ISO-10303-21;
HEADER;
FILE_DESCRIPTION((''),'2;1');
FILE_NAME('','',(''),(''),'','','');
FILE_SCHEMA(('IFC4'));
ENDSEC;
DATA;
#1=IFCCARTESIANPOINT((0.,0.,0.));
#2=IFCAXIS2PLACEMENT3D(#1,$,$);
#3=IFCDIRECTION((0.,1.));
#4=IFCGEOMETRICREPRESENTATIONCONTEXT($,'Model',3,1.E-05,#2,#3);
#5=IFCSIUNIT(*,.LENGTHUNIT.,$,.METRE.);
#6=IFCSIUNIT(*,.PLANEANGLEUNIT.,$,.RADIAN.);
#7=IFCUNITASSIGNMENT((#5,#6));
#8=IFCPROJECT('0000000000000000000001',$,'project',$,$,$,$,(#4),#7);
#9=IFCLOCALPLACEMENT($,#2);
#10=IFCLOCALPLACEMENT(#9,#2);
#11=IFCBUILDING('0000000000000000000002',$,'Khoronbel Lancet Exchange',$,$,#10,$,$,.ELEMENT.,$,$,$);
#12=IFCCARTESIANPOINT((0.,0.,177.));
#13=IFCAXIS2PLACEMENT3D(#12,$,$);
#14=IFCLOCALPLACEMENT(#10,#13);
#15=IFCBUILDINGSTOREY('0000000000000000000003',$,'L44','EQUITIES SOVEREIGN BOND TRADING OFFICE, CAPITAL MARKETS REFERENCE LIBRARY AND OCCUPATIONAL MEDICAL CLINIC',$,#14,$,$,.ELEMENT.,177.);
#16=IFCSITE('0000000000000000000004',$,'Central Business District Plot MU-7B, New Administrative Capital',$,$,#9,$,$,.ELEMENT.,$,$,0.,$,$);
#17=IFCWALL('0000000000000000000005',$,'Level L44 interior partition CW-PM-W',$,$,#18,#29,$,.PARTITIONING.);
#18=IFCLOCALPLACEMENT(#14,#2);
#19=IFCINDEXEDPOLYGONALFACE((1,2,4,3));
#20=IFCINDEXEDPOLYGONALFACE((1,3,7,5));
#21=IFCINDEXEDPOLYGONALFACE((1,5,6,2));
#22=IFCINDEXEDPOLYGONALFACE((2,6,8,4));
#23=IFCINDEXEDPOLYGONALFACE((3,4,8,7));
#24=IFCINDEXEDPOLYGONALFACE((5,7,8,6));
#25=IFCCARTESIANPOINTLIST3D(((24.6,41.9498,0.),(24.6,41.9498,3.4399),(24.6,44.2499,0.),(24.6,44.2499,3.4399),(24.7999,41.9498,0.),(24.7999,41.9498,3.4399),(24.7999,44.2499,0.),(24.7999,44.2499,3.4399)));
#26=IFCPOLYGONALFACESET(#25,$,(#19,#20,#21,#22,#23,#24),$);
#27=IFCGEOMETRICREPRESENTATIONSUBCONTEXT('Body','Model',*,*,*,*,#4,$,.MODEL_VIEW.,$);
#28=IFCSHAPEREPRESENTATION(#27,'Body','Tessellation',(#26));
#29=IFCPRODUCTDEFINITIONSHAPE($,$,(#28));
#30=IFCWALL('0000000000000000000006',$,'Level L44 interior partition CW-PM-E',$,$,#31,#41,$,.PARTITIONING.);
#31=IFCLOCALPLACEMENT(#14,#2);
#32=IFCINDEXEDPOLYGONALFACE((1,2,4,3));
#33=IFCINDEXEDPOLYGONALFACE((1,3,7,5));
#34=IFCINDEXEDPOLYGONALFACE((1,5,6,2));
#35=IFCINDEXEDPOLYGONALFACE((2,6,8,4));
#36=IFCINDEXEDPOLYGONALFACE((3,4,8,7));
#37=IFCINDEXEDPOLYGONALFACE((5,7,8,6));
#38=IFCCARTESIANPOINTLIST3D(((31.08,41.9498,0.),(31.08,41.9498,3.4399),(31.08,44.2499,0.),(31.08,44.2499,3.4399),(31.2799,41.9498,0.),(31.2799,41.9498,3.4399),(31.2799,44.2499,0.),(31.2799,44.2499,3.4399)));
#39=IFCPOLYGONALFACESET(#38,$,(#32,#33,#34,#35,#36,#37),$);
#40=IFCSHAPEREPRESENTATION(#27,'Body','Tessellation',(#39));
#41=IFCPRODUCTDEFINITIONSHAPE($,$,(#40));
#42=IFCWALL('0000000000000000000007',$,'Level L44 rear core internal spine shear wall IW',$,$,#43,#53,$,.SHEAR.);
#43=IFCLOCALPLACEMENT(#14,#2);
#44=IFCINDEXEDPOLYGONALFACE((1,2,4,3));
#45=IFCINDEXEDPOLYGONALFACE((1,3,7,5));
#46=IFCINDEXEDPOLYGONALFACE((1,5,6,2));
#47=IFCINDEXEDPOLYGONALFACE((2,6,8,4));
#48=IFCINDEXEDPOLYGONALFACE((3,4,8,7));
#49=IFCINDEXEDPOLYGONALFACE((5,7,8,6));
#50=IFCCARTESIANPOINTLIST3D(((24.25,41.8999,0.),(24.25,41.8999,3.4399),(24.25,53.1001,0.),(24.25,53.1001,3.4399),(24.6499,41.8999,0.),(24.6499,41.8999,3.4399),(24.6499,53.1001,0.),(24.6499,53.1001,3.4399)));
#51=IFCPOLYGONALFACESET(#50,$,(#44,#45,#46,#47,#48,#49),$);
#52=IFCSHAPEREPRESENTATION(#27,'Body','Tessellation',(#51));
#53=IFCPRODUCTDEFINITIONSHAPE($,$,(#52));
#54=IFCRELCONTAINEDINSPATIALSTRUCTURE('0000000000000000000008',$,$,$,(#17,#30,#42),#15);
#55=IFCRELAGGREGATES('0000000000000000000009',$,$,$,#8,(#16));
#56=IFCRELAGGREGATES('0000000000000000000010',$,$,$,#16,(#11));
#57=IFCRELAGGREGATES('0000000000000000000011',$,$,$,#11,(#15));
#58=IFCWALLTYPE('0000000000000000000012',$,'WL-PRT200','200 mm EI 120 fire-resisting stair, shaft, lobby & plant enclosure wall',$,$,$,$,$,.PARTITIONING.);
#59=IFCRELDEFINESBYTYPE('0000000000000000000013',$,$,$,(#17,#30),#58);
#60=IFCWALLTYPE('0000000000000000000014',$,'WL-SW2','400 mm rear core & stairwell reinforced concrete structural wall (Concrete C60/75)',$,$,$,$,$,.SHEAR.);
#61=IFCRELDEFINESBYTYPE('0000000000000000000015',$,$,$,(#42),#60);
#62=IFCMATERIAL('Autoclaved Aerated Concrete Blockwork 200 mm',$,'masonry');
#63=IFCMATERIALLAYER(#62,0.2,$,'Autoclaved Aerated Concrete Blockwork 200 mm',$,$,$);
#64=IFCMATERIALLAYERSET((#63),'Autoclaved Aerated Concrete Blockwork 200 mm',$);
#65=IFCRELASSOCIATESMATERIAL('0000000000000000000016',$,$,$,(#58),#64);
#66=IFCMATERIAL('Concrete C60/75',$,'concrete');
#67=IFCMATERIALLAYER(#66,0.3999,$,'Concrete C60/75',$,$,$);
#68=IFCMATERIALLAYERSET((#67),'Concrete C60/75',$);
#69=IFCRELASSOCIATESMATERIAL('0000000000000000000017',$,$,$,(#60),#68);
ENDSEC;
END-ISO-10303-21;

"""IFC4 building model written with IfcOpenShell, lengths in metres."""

from ifc_helpers import new_model, si_unit, direction, frame, frame_2d, origin, place, context, subcontext, project, spatial, rectangle, extrude, material, layer, layer_set, type_object, element, save


model = new_model("IFC4")

# Units and contexts
model_context = context("Model", 3, precision=1e-05, world=origin(), true_north=direction((0.0, 1.0)))
body_context = subcontext(model_context, "Body", "Model", "MODEL_VIEW")
ifc_project = project(units=[si_unit("LENGTHUNIT", "METRE"), si_unit("PLANEANGLEUNIT", "RADIAN")], contexts=[model_context])

# Site, building, storey
site_placement = place(None, origin())
site = spatial("IfcSite", under=ifc_project, at=site_placement, Name="Central Business District Plot MU-7B, New Administrative Capital", CompositionType="ELEMENT", RefElevation=0.0)
building_placement = place(site_placement, origin())
building = spatial("IfcBuilding", under=site, at=building_placement, Name="Khoronbel Lancet Exchange", CompositionType="ELEMENT")
storey_placement = place(building_placement, frame((0.0, 0.0, 177.0)))
storey = spatial("IfcBuildingStorey", under=building, at=storey_placement, Name="L44", Description="EQUITIES SOVEREIGN BOND TRADING OFFICE, CAPITAL MARKETS REFERENCE LIBRARY AND OCCUPATIONAL MEDICAL CLINIC", CompositionType="ELEMENT", Elevation=177.0)

# Shared definitions
ifc_material_1 = material(Name="Concrete C60/75", Category="concrete")

# Shared definitions
ifc_material_2 = material(Name="Autoclaved Aerated Concrete Blockwork 200 mm", Category="masonry")
ifc_layer_1 = layer(ifc_material_2, 0.2, Name="Autoclaved Aerated Concrete Blockwork 200 mm")
ifc_layer_set_1 = layer_set([ifc_layer_1], Name="Autoclaved Aerated Concrete Blockwork 200 mm")
wall_type_1 = type_object("IfcWallType", Name="WL-PRT200", Description="200 mm EI 120 fire-resisting stair, shaft, lobby & plant enclosure wall", PredefinedType="PARTITIONING", material=ifc_layer_set_1)

# Walls
for number, where, z_axis, x_axis, name in (
    (1, (24.7, 41.95, 0.0), (0.0, 0.0, 1.0), (0.0, 1.0, 0.0), "Level L44 interior partition CW-PM-W"),
    (2, (31.1799, 41.95, 0.0), (0.0, 0.0, 1.0), (0.0, 1.0, 0.0), "Level L44 interior partition CW-PM-E"),
):
    element("IfcWall", number, at=place(storey_placement, frame(where, z_axis=z_axis, x_axis=x_axis)), inside=storey, type_object=wall_type_1, Name=name, PredefinedType="PARTITIONING", context=body_context, shape_type="SweptSolid", body=[
        extrude(rectangle(XDim=2.3, YDim=0.2, at=frame_2d((1.1499, 0.0))), origin(), (0.0, 0.0, 1.0), 3.4399),
    ])
ifc_layer_2 = layer(ifc_material_1, 0.3999, Name="Concrete C60/75")
ifc_layer_set_2 = layer_set([ifc_layer_2], Name="Concrete C60/75")
wall_type_2 = type_object("IfcWallType", Name="WL-SW2", Description="400 mm rear core & stairwell reinforced concrete structural wall (Concrete C60/75)", PredefinedType="SHEAR", material=ifc_layer_set_2)
wall_1_placement = place(storey_placement, frame((24.45, 41.8999, 0.0), z_axis=(0.0, 0.0, 1.0), x_axis=(0.0, 1.0, 0.0)))
element("IfcWall", 3, at=wall_1_placement, inside=storey, type_object=wall_type_2, Name="Level L44 rear core internal spine shear wall IW", PredefinedType="SHEAR", context=body_context, shape_type="SweptSolid", body=[
    extrude(rectangle(XDim=11.2002, YDim=0.3999, at=frame_2d((5.6001, 0.0))), origin(), (0.0, 0.0, 1.0), 3.4399),
])

save(model, "model.ifc")
